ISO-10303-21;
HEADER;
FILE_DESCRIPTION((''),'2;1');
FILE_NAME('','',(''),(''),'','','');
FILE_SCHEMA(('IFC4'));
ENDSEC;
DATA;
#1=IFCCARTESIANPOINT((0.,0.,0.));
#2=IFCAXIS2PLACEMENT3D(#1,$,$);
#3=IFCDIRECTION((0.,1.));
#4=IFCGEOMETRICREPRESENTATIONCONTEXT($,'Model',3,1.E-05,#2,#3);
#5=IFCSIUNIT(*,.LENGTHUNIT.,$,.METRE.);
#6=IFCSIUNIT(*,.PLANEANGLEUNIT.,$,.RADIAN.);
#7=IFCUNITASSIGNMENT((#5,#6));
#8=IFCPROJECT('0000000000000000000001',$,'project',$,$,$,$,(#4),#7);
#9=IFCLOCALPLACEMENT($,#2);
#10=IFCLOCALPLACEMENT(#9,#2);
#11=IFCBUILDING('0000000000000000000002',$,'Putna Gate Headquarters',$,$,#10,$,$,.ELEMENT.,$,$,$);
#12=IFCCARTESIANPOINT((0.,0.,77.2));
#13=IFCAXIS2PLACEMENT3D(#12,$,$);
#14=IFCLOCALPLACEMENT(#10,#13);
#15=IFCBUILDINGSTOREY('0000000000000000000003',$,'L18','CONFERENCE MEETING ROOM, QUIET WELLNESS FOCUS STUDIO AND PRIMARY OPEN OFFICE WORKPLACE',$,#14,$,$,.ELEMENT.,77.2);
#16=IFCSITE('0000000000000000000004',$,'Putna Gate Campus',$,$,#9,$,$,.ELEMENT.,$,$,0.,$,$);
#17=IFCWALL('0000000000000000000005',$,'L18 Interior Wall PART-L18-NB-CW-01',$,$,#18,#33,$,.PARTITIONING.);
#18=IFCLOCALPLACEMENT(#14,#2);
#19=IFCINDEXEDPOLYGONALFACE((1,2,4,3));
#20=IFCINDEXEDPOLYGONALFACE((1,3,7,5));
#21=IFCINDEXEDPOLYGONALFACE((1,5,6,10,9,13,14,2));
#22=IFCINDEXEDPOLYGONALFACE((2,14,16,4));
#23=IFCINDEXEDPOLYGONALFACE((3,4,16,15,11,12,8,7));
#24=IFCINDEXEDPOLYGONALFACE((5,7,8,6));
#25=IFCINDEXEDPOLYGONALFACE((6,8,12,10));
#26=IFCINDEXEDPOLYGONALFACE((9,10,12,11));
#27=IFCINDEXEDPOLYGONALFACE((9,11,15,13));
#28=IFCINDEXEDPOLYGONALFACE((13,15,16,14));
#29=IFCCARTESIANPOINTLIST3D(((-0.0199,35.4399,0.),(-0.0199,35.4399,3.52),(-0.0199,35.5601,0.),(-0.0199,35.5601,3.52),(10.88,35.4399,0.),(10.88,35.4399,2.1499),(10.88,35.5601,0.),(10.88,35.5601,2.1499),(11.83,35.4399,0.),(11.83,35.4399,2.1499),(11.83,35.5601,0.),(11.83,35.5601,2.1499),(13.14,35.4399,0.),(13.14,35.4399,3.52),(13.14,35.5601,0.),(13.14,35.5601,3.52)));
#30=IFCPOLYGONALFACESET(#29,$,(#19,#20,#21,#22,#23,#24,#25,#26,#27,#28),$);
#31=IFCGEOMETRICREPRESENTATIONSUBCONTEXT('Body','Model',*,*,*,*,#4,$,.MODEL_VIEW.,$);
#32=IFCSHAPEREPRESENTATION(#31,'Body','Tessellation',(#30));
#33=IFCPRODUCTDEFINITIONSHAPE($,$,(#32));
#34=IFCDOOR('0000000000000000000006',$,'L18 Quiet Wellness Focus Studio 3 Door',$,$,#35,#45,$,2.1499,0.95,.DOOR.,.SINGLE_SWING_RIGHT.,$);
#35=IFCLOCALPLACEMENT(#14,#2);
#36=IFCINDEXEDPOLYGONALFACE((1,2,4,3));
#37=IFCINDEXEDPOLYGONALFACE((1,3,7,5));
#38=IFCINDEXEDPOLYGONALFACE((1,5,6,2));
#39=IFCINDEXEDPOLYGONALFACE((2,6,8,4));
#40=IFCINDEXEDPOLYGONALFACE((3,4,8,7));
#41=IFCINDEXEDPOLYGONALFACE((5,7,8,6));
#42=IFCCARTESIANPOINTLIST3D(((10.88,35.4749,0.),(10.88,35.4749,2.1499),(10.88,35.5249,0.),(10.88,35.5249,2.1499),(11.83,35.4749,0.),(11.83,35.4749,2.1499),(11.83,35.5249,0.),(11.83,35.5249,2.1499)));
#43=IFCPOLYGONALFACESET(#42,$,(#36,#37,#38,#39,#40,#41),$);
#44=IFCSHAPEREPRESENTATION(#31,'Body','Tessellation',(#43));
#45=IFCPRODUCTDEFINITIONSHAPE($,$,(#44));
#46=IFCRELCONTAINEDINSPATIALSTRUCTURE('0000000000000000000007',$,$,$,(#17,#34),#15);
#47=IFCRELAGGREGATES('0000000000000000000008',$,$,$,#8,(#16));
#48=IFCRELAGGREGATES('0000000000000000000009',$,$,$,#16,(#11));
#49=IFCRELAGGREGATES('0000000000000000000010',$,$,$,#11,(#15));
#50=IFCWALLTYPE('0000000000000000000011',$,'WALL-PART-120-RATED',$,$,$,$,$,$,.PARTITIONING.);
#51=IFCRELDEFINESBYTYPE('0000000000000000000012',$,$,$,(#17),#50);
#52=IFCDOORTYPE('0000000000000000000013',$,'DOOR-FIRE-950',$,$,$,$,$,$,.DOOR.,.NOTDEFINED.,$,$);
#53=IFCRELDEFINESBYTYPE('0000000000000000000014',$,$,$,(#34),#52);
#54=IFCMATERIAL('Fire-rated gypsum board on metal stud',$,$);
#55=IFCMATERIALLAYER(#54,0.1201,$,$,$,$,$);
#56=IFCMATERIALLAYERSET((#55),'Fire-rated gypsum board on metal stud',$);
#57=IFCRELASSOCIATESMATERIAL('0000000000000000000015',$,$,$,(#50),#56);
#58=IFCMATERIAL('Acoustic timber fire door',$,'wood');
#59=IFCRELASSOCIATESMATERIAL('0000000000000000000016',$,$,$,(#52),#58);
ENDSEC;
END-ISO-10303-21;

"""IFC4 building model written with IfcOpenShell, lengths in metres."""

from ifc_helpers import new_model, si_unit, direction, frame, frame_2d, origin, place, context, subcontext, project, spatial, rectangle, extrude, material, layer, layer_set, type_object, element, fill, save


model = new_model("IFC4")

# Units and contexts
model_context = context("Model", 3, precision=1e-05, world=origin(), true_north=direction((0.0, 1.0)))
body_context = subcontext(model_context, "Body", "Model", "MODEL_VIEW")
ifc_project = project(units=[si_unit("LENGTHUNIT", "METRE"), si_unit("PLANEANGLEUNIT", "RADIAN")], contexts=[model_context])

# Site, building, storey
site_placement = place(None, origin())
site = spatial("IfcSite", under=ifc_project, at=site_placement, Name="Putna Gate Campus", CompositionType="ELEMENT", RefElevation=0.0)
building_placement = place(site_placement, origin())
building = spatial("IfcBuilding", under=site, at=building_placement, Name="Putna Gate Headquarters", CompositionType="ELEMENT")
storey_placement = place(building_placement, frame((0.0, 0.0, 77.2)))
storey = spatial("IfcBuildingStorey", under=building, at=storey_placement, Name="L18", Description="CONFERENCE MEETING ROOM, QUIET WELLNESS FOCUS STUDIO AND PRIMARY OPEN OFFICE WORKPLACE", CompositionType="ELEMENT", Elevation=77.2)

# Shared definitions
ifc_material_1 = material(Name="Fire-rated gypsum board on metal stud")
ifc_layer_1 = layer(ifc_material_1, 0.1201)
ifc_layer_set_1 = layer_set([ifc_layer_1], Name="Fire-rated gypsum board on metal stud")
wall_type_1 = type_object("IfcWallType", Name="WALL-PART-120-RATED", PredefinedType="PARTITIONING", material=ifc_layer_set_1)
ifc_material_2 = material(Name="Acoustic timber fire door", Category="wood")
door_type_1 = type_object("IfcDoorType", Name="DOOR-FIRE-950", OperationType="NOTDEFINED", PredefinedType="DOOR", material=ifc_material_2)

# Wall, opening, door
wall_1_placement = place(storey_placement, frame((-0.02, 35.5, 0.0), z_axis=(0.0, 0.0, 1.0), x_axis=(1.0, 0.0, 0.0)))
wall_1 = element("IfcWall", 1, at=wall_1_placement, inside=storey, type_object=wall_type_1, Name="L18 Interior Wall PART-L18-NB-CW-01", PredefinedType="PARTITIONING", context=body_context, shape_type="SweptSolid", body=[
    extrude(rectangle(XDim=13.1599, YDim=0.1201, at=frame_2d((6.5801, 0.0))), origin(), (0.0, 0.0, 1.0), 3.52),
])
opening_1_placement = place(wall_1_placement, frame((10.8999, 0.0, 0.0)))
opening_1 = element("IfcOpeningElement", 2, at=opening_1_placement, cuts=wall_1, PredefinedType="OPENING", context=body_context, shape_type="SweptSolid", body=[
    extrude(rectangle(XDim=0.95, YDim=2.1499, at=frame_2d((0.4751, 1.075))), frame((0.0, 0.0701, 0.0), z_axis=(0.0, -1.0, 0.0), x_axis=(1.0, 0.0, 0.0)), (0.0, 0.0, 1.0), 0.1401),
])
door_1_placement = place(opening_1_placement, origin())
door_1 = element("IfcDoor", 3, at=door_1_placement, inside=storey, type_object=door_type_1, Name="L18 Quiet Wellness Focus Studio 3 Door", OperationType="SINGLE_SWING_RIGHT", OverallHeight=2.1499, OverallWidth=0.95, PredefinedType="DOOR", context=body_context, shape_type="SweptSolid", body=[
    extrude(rectangle(XDim=0.95, YDim=2.1499, at=frame_2d((0.4751, 1.075))), frame((0.0, 0.0249, 0.0), z_axis=(0.0, -1.0, 0.0), x_axis=(1.0, 0.0, 0.0)), (0.0, 0.0, 1.0), 0.05),
])
fill(opening_1, door_1)

save(model, "model.ifc")
